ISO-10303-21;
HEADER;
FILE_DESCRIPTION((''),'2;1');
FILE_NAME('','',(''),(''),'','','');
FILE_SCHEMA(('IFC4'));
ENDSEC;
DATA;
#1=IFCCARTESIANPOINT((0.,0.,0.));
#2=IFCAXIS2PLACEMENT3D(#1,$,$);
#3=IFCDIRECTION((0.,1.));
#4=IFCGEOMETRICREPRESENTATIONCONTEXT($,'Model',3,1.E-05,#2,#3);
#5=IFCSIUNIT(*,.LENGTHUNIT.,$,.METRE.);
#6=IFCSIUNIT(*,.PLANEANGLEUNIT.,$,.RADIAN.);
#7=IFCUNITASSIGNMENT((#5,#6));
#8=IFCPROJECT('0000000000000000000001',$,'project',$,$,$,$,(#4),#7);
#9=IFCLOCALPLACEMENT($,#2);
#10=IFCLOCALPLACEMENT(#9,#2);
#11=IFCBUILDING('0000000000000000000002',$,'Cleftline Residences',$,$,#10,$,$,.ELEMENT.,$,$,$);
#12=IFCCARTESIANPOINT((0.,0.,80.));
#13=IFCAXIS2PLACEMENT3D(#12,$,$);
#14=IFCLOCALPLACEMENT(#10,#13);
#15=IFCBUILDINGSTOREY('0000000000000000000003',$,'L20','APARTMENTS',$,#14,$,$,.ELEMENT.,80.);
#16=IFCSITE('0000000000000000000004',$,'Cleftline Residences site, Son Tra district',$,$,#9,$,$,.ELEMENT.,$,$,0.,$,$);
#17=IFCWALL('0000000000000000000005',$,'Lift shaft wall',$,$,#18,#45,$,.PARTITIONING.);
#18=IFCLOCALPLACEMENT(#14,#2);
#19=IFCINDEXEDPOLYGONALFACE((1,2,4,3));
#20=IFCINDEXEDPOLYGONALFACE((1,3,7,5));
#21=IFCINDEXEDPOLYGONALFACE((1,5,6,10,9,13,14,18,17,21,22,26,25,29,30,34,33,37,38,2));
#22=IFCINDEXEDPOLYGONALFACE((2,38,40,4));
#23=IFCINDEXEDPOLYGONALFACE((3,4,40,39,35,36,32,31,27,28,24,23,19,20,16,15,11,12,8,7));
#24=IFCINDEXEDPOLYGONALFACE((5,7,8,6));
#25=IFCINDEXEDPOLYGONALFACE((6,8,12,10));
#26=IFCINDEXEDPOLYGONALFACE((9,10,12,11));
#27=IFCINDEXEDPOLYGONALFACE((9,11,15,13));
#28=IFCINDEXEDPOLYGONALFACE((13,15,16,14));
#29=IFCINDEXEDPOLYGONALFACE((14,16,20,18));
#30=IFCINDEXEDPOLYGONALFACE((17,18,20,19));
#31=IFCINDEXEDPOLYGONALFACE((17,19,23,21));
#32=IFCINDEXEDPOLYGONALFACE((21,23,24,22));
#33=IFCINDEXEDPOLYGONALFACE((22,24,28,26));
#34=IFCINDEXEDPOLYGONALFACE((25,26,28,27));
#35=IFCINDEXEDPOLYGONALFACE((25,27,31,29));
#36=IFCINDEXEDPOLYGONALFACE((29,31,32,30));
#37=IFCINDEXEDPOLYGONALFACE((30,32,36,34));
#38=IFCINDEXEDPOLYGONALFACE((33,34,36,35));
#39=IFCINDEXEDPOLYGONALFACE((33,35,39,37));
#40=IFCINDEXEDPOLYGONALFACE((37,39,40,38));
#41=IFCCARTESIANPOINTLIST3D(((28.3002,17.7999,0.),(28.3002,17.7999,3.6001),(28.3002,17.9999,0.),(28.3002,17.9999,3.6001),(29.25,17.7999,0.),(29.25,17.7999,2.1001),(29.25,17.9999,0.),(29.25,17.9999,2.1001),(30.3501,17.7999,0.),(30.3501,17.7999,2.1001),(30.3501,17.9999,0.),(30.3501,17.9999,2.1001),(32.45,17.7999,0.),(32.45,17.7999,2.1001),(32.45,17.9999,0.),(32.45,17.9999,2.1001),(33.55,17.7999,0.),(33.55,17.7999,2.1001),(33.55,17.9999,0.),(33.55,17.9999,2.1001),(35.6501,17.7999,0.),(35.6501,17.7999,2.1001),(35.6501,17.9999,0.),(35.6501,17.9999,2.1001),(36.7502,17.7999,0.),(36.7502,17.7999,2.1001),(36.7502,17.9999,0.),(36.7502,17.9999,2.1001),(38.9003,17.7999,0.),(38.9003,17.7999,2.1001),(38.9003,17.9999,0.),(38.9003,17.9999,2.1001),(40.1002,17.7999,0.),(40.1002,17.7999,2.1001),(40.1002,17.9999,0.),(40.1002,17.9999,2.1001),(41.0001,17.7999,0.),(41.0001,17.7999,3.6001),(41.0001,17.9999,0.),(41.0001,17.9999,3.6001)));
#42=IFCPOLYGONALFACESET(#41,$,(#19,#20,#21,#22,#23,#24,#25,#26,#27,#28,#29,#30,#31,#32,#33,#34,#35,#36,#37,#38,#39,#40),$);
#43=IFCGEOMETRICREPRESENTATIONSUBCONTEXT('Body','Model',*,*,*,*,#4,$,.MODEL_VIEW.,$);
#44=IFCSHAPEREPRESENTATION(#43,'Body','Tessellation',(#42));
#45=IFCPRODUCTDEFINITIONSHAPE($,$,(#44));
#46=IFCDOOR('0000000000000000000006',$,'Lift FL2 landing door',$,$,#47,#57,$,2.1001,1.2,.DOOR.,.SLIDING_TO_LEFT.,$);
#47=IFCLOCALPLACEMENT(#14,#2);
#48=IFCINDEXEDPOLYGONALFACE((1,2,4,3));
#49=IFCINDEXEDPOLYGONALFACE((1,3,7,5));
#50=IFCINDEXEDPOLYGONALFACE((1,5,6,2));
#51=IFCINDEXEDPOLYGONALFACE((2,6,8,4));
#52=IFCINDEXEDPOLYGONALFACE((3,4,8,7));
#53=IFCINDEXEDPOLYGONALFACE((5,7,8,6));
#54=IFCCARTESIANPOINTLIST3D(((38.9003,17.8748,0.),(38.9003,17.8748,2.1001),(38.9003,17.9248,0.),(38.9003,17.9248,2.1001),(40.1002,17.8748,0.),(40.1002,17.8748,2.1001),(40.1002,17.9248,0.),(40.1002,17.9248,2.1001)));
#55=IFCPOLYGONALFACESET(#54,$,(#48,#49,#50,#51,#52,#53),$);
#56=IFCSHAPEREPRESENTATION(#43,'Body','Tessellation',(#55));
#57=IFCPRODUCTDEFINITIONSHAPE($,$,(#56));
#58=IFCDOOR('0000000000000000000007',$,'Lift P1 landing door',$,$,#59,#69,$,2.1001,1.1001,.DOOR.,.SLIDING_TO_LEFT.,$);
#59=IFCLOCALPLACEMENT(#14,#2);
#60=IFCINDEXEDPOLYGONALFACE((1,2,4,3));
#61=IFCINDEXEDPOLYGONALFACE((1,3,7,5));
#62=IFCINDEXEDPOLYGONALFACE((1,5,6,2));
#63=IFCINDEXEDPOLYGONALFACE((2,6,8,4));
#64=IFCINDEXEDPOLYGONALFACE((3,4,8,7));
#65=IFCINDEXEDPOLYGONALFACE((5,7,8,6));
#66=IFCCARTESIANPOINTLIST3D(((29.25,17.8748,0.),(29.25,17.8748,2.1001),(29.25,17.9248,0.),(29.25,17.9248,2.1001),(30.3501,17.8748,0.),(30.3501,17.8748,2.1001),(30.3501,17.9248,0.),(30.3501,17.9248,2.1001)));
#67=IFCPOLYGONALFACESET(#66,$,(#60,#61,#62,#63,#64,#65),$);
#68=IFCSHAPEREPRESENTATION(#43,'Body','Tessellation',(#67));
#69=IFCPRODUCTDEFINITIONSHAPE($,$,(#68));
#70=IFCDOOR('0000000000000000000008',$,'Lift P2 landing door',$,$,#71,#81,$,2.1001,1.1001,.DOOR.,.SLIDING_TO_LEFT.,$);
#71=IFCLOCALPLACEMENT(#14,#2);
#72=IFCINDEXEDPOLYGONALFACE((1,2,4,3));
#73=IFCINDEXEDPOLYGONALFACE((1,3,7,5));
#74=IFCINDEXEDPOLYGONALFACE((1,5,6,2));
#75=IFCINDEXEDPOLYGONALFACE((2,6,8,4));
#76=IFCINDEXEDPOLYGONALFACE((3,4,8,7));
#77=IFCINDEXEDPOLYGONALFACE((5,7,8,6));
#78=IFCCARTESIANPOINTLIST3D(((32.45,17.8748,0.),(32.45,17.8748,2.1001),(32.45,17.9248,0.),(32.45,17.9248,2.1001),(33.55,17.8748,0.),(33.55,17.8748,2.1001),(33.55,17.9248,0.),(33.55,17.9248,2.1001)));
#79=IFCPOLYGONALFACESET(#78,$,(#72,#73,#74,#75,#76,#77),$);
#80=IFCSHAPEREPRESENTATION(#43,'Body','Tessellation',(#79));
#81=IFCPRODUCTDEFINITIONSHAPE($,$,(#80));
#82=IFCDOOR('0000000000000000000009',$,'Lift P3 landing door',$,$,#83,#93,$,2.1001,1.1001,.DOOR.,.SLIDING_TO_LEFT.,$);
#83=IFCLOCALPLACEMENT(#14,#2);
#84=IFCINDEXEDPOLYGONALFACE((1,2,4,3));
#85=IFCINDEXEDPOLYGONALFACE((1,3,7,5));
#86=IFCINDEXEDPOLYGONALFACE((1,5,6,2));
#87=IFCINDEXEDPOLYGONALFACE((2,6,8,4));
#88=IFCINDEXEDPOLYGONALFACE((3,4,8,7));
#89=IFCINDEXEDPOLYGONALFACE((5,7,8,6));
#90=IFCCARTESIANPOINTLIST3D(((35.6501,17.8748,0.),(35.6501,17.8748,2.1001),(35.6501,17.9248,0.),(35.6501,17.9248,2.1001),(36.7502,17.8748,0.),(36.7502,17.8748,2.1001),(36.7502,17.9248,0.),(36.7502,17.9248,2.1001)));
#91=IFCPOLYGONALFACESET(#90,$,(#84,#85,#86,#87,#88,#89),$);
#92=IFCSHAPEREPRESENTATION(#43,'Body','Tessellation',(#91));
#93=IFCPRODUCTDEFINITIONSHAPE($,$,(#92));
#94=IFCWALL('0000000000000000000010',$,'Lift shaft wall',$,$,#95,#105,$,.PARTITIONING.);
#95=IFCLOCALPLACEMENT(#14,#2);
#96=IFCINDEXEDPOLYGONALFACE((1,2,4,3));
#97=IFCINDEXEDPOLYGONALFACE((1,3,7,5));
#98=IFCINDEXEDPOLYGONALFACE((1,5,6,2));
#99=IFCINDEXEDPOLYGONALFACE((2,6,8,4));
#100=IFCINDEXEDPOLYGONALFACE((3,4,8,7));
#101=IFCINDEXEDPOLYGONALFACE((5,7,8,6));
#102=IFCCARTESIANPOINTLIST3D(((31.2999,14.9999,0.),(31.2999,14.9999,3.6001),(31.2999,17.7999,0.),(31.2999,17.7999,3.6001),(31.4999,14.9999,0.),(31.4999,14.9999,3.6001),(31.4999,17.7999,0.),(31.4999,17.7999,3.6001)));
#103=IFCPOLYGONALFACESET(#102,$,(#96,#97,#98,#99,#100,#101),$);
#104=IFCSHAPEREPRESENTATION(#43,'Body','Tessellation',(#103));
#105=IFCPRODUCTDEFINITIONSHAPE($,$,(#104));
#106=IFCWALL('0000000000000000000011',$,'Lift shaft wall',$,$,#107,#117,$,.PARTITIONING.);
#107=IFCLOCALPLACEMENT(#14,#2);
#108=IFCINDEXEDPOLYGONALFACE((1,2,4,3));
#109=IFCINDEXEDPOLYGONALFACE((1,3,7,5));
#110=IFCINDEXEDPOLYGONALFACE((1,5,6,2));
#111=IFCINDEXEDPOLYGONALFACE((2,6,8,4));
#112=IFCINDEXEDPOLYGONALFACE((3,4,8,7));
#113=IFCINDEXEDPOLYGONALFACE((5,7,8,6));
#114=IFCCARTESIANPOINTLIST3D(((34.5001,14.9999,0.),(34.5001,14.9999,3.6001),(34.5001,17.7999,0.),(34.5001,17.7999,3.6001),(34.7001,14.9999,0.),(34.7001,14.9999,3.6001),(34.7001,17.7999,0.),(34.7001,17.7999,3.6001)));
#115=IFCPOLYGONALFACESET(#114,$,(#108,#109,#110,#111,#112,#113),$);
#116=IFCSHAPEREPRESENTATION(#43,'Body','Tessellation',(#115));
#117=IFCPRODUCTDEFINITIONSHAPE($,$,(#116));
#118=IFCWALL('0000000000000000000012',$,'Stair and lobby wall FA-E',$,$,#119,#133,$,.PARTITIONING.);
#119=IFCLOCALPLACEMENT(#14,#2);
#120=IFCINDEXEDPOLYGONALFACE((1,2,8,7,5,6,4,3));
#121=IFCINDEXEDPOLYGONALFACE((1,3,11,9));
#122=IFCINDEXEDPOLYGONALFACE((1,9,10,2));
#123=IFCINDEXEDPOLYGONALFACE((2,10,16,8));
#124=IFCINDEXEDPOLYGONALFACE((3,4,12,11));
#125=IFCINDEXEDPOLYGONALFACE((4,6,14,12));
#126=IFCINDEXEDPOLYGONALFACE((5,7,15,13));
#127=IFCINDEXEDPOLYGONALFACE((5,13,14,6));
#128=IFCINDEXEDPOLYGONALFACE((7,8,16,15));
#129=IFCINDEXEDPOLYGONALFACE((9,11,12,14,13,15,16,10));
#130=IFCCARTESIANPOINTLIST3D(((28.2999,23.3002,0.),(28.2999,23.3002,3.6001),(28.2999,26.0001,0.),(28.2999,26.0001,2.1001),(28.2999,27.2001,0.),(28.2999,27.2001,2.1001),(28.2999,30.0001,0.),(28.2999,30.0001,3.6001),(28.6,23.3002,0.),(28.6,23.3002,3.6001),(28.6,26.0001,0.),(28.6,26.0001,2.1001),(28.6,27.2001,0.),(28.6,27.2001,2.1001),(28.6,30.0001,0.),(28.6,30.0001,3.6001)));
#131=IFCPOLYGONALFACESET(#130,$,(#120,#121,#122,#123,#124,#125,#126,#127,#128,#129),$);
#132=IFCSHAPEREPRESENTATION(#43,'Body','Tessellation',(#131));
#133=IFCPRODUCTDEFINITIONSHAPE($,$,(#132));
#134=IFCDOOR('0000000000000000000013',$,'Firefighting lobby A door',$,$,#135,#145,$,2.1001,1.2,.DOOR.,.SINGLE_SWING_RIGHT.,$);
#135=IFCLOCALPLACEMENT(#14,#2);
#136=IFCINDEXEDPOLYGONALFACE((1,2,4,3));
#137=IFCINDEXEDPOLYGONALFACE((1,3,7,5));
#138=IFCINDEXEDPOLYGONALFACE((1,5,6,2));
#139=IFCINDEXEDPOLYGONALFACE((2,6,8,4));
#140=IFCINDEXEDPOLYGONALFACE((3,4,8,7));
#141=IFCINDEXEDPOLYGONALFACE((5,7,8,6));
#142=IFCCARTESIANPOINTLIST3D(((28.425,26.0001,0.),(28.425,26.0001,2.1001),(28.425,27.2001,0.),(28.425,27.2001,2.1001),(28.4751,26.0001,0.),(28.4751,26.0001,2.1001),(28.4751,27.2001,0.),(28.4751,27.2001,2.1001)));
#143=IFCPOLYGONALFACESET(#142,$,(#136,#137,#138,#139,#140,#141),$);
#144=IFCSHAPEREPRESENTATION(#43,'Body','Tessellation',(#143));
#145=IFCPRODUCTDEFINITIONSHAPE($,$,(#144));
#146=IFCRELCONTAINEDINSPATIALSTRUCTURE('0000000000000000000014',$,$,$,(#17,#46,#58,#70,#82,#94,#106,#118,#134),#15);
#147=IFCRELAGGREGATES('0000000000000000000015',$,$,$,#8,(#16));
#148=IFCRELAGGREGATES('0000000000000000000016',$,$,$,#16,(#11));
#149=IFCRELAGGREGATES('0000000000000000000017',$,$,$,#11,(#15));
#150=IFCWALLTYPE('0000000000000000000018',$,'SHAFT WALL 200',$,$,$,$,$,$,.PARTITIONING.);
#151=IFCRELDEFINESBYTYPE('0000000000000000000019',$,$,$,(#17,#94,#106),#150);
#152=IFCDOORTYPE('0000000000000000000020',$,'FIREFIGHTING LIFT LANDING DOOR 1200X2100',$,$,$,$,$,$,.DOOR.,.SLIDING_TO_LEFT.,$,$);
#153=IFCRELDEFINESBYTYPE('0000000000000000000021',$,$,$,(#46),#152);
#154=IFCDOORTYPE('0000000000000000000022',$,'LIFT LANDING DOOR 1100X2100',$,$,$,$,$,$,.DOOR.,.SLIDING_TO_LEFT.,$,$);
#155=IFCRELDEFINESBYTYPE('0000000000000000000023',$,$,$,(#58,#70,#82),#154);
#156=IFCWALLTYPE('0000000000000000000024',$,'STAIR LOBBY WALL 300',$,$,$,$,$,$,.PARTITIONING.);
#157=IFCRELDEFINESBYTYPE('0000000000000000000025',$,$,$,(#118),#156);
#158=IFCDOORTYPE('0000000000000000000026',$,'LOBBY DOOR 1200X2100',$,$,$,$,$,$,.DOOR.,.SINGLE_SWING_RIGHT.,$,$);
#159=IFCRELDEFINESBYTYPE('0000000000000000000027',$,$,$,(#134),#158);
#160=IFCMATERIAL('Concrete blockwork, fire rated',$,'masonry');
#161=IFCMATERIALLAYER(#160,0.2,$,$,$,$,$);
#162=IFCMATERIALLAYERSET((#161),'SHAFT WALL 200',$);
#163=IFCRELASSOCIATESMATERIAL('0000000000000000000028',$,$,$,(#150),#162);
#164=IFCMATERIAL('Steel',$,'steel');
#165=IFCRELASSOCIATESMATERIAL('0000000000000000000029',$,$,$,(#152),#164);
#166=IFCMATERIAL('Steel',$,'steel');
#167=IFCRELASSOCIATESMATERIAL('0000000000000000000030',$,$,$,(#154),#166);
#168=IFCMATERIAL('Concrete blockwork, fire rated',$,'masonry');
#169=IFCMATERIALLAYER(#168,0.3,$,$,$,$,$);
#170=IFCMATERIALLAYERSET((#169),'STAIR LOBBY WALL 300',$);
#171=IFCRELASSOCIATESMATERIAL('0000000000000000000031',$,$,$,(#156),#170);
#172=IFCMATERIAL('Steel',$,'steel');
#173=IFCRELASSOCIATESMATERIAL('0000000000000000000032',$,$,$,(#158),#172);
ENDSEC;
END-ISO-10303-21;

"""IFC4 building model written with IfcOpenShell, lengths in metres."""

from ifc_helpers import new_model, si_unit, direction, frame, frame_2d, origin, place, context, subcontext, project, spatial, rectangle, extrude, material, layer, layer_set, type_object, element, fill, save


model = new_model("IFC4")

# Units and contexts
model_context = context("Model", 3, precision=1e-05, world=origin(), true_north=direction((0.0, 1.0)))
body_context = subcontext(model_context, "Body", "Model", "MODEL_VIEW")
ifc_project = project(units=[si_unit("LENGTHUNIT", "METRE"), si_unit("PLANEANGLEUNIT", "RADIAN")], contexts=[model_context])

# Site, building, storey
site_placement = place(None, origin())
site = spatial("IfcSite", under=ifc_project, at=site_placement, Name="Cleftline Residences site, Son Tra district", CompositionType="ELEMENT", RefElevation=0.0)
building_placement = place(site_placement, origin())
building = spatial("IfcBuilding", under=site, at=building_placement, Name="Cleftline Residences", CompositionType="ELEMENT")
storey_placement = place(building_placement, frame((0.0, 0.0, 80.0)))
storey = spatial("IfcBuildingStorey", under=building, at=storey_placement, Name="L20", Description="APARTMENTS", CompositionType="ELEMENT", Elevation=80.0)

# Wall, openings, doors
ifc_material_1 = material(Name="Concrete blockwork, fire rated", Category="masonry")
ifc_layer_1 = layer(ifc_material_1, 0.2)
ifc_layer_set_1 = layer_set([ifc_layer_1], Name="SHAFT WALL 200")
wall_type_1 = type_object("IfcWallType", Name="SHAFT WALL 200", PredefinedType="PARTITIONING", material=ifc_layer_set_1)
wall_1_placement = place(storey_placement, frame((28.3, 17.8999, 0.0), z_axis=(0.0, 0.0, 1.0), x_axis=(1.0, 0.0, 0.0)))
wall_1 = element("IfcWall", 1, at=wall_1_placement, inside=storey, type_object=wall_type_1, Name="Lift shaft wall", PredefinedType="PARTITIONING", context=body_context, shape_type="SweptSolid", body=[
    extrude(rectangle(XDim=12.7, YDim=0.2, at=frame_2d((6.3501, 0.0))), origin(), (0.0, 0.0, 1.0), 3.6001),
])
opening_1_placement = place(wall_1_placement, frame((0.95, 0.0, 0.0)))
opening_1 = element("IfcOpeningElement", 2, at=opening_1_placement, cuts=wall_1, PredefinedType="OPENING", context=body_context, shape_type="SweptSolid", body=[
    extrude(rectangle(XDim=1.1001, YDim=2.1001, at=frame_2d((0.55, 1.05))), frame((0.0, 0.1099, 0.0), z_axis=(0.0, -1.0, 0.0), x_axis=(1.0, 0.0, 0.0)), (0.0, 0.0, 1.0), 0.22),
])
opening_2_placement = place(wall_1_placement, frame((4.1499, 0.0, 0.0)))
opening_2 = element("IfcOpeningElement", 3, at=opening_2_placement, cuts=wall_1, PredefinedType="OPENING", context=body_context, shape_type="SweptSolid", body=[
    extrude(rectangle(XDim=1.1001, YDim=2.1001, at=frame_2d((0.55, 1.05))), frame((0.0, 0.1099, 0.0), z_axis=(0.0, -1.0, 0.0), x_axis=(1.0, 0.0, 0.0)), (0.0, 0.0, 1.0), 0.22),
])
opening_3_placement = place(wall_1_placement, frame((7.3501, 0.0, 0.0)))
opening_3 = element("IfcOpeningElement", 4, at=opening_3_placement, cuts=wall_1, PredefinedType="OPENING", context=body_context, shape_type="SweptSolid", body=[
    extrude(rectangle(XDim=1.1001, YDim=2.1001, at=frame_2d((0.55, 1.05))), frame((0.0, 0.1099, 0.0), z_axis=(0.0, -1.0, 0.0), x_axis=(1.0, 0.0, 0.0)), (0.0, 0.0, 1.0), 0.22),
])
opening_4_placement = place(wall_1_placement, frame((10.6001, 0.0, 0.0)))
opening_4 = element("IfcOpeningElement", 5, at=opening_4_placement, cuts=wall_1, PredefinedType="OPENING", context=body_context, shape_type="SweptSolid", body=[
    extrude(rectangle(XDim=1.2, YDim=2.1001, at=frame_2d((0.6001, 1.05))), frame((0.0, 0.1099, 0.0), z_axis=(0.0, -1.0, 0.0), x_axis=(1.0, 0.0, 0.0)), (0.0, 0.0, 1.0), 0.22),
])
ifc_material_2 = material(Name="Steel", Category="steel")
door_type_1 = type_object("IfcDoorType", Name="FIREFIGHTING LIFT LANDING DOOR 1200X2100", OperationType="SLIDING_TO_LEFT", PredefinedType="DOOR", material=ifc_material_2)
door_1_placement = place(opening_4_placement, origin())
door_1 = element("IfcDoor", 6, at=door_1_placement, inside=storey, type_object=door_type_1, Name="Lift FL2 landing door", OperationType="SLIDING_TO_LEFT", OverallHeight=2.1001, OverallWidth=1.2, PredefinedType="DOOR", context=body_context, shape_type="SweptSolid", body=[
    extrude(rectangle(XDim=1.2, YDim=2.1001, at=frame_2d((0.6001, 1.05))), frame((0.0, 0.0249, 0.0), z_axis=(0.0, -1.0, 0.0), x_axis=(1.0, 0.0, 0.0)), (0.0, 0.0, 1.0), 0.05),
])
fill(opening_4, door_1)
ifc_material_3 = material(Name="Steel", Category="steel")
door_type_2 = type_object("IfcDoorType", Name="LIFT LANDING DOOR 1100X2100", OperationType="SLIDING_TO_LEFT", PredefinedType="DOOR", material=ifc_material_3)
door_2_placement = place(opening_1_placement, origin())
door_2 = element("IfcDoor", 7, at=door_2_placement, inside=storey, type_object=door_type_2, Name="Lift P1 landing door", OperationType="SLIDING_TO_LEFT", OverallHeight=2.1001, OverallWidth=1.1001, PredefinedType="DOOR", context=body_context, shape_type="SweptSolid", body=[
    extrude(rectangle(XDim=1.1001, YDim=2.1001, at=frame_2d((0.55, 1.05))), frame((0.0, 0.0249, 0.0), z_axis=(0.0, -1.0, 0.0), x_axis=(1.0, 0.0, 0.0)), (0.0, 0.0, 1.0), 0.05),
])
fill(opening_1, door_2)
door_3_placement = place(opening_2_placement, origin())
door_3 = element("IfcDoor", 8, at=door_3_placement, inside=storey, type_object=door_type_2, Name="Lift P2 landing door", OperationType="SLIDING_TO_LEFT", OverallHeight=2.1001, OverallWidth=1.1001, PredefinedType="DOOR", context=body_context, shape_type="SweptSolid", body=[
    extrude(rectangle(XDim=1.1001, YDim=2.1001, at=frame_2d((0.55, 1.05))), frame((0.0, 0.0249, 0.0), z_axis=(0.0, -1.0, 0.0), x_axis=(1.0, 0.0, 0.0)), (0.0, 0.0, 1.0), 0.05),
])
fill(opening_2, door_3)
door_4_placement = place(opening_3_placement, origin())
door_4 = element("IfcDoor", 9, at=door_4_placement, inside=storey, type_object=door_type_2, Name="Lift P3 landing door", OperationType="SLIDING_TO_LEFT", OverallHeight=2.1001, OverallWidth=1.1001, PredefinedType="DOOR", context=body_context, shape_type="SweptSolid", body=[
    extrude(rectangle(XDim=1.1001, YDim=2.1001, at=frame_2d((0.55, 1.05))), frame((0.0, 0.0249, 0.0), z_axis=(0.0, -1.0, 0.0), x_axis=(1.0, 0.0, 0.0)), (0.0, 0.0, 1.0), 0.05),
])
fill(opening_3, door_4)

# Walls
for number, where, z_axis, x_axis, name in (
    (10, (31.3999, 15.0, 0.0), (0.0, 0.0, 1.0), (0.0, 1.0, 0.0), "Lift shaft wall"),
    (11, (34.6001, 15.0, 0.0), (0.0, 0.0, 1.0), (0.0, 1.0, 0.0), "Lift shaft wall"),
):
    element("IfcWall", number, at=place(storey_placement, frame(where, z_axis=z_axis, x_axis=x_axis)), inside=storey, type_object=wall_type_1, Name=name, PredefinedType="PARTITIONING", context=body_context, shape_type="SweptSolid", body=[
        extrude(rectangle(XDim=2.8, YDim=0.2, at=frame_2d((1.3999, 0.0))), origin(), (0.0, 0.0, 1.0), 3.6001),
    ])

# Wall, opening, door
ifc_material_4 = material(Name="Concrete blockwork, fire rated", Category="masonry")
ifc_layer_2 = layer(ifc_material_4, 0.3)
ifc_layer_set_2 = layer_set([ifc_layer_2], Name="STAIR LOBBY WALL 300")
wall_type_2 = type_object("IfcWallType", Name="STAIR LOBBY WALL 300", PredefinedType="PARTITIONING", material=ifc_layer_set_2)
wall_2_placement = place(storey_placement, frame((28.45, 23.3, 0.0), z_axis=(0.0, 0.0, 1.0), x_axis=(0.0, 1.0, 0.0)))
wall_2 = element("IfcWall", 12, at=wall_2_placement, inside=storey, type_object=wall_type_2, Name="Stair and lobby wall FA-E", PredefinedType="PARTITIONING", context=body_context, shape_type="SweptSolid", body=[
    extrude(rectangle(XDim=6.7, YDim=0.3, at=frame_2d((3.3501, 0.0))), origin(), (0.0, 0.0, 1.0), 3.6001),
])
opening_5_placement = place(wall_2_placement, frame((2.7, 0.0, 0.0)))
opening_5 = element("IfcOpeningElement", 13, at=opening_5_placement, cuts=wall_2, PredefinedType="OPENING", context=body_context, shape_type="SweptSolid", body=[
    extrude(rectangle(XDim=1.2, YDim=2.1001, at=frame_2d((0.6001, 1.05))), frame((0.0, 0.1599, 0.0), z_axis=(0.0, -1.0, 0.0), x_axis=(1.0, 0.0, 0.0)), (0.0, 0.0, 1.0), 0.3201),
])
ifc_material_5 = material(Name="Steel", Category="steel")
door_type_3 = type_object("IfcDoorType", Name="LOBBY DOOR 1200X2100", OperationType="SINGLE_SWING_RIGHT", PredefinedType="DOOR", material=ifc_material_5)
door_5_placement = place(opening_5_placement, origin())
door_5 = element("IfcDoor", 14, at=door_5_placement, inside=storey, type_object=door_type_3, Name="Firefighting lobby A door", OperationType="SINGLE_SWING_RIGHT", OverallHeight=2.1001, OverallWidth=1.2, PredefinedType="DOOR", context=body_context, shape_type="SweptSolid", body=[
    extrude(rectangle(XDim=1.2, YDim=2.1001, at=frame_2d((0.6001, 1.05))), frame((0.0, 0.0249, 0.0), z_axis=(0.0, -1.0, 0.0), x_axis=(1.0, 0.0, 0.0)), (0.0, 0.0, 1.0), 0.05),
])
fill(opening_5, door_5)

save(model, "model.ifc")
